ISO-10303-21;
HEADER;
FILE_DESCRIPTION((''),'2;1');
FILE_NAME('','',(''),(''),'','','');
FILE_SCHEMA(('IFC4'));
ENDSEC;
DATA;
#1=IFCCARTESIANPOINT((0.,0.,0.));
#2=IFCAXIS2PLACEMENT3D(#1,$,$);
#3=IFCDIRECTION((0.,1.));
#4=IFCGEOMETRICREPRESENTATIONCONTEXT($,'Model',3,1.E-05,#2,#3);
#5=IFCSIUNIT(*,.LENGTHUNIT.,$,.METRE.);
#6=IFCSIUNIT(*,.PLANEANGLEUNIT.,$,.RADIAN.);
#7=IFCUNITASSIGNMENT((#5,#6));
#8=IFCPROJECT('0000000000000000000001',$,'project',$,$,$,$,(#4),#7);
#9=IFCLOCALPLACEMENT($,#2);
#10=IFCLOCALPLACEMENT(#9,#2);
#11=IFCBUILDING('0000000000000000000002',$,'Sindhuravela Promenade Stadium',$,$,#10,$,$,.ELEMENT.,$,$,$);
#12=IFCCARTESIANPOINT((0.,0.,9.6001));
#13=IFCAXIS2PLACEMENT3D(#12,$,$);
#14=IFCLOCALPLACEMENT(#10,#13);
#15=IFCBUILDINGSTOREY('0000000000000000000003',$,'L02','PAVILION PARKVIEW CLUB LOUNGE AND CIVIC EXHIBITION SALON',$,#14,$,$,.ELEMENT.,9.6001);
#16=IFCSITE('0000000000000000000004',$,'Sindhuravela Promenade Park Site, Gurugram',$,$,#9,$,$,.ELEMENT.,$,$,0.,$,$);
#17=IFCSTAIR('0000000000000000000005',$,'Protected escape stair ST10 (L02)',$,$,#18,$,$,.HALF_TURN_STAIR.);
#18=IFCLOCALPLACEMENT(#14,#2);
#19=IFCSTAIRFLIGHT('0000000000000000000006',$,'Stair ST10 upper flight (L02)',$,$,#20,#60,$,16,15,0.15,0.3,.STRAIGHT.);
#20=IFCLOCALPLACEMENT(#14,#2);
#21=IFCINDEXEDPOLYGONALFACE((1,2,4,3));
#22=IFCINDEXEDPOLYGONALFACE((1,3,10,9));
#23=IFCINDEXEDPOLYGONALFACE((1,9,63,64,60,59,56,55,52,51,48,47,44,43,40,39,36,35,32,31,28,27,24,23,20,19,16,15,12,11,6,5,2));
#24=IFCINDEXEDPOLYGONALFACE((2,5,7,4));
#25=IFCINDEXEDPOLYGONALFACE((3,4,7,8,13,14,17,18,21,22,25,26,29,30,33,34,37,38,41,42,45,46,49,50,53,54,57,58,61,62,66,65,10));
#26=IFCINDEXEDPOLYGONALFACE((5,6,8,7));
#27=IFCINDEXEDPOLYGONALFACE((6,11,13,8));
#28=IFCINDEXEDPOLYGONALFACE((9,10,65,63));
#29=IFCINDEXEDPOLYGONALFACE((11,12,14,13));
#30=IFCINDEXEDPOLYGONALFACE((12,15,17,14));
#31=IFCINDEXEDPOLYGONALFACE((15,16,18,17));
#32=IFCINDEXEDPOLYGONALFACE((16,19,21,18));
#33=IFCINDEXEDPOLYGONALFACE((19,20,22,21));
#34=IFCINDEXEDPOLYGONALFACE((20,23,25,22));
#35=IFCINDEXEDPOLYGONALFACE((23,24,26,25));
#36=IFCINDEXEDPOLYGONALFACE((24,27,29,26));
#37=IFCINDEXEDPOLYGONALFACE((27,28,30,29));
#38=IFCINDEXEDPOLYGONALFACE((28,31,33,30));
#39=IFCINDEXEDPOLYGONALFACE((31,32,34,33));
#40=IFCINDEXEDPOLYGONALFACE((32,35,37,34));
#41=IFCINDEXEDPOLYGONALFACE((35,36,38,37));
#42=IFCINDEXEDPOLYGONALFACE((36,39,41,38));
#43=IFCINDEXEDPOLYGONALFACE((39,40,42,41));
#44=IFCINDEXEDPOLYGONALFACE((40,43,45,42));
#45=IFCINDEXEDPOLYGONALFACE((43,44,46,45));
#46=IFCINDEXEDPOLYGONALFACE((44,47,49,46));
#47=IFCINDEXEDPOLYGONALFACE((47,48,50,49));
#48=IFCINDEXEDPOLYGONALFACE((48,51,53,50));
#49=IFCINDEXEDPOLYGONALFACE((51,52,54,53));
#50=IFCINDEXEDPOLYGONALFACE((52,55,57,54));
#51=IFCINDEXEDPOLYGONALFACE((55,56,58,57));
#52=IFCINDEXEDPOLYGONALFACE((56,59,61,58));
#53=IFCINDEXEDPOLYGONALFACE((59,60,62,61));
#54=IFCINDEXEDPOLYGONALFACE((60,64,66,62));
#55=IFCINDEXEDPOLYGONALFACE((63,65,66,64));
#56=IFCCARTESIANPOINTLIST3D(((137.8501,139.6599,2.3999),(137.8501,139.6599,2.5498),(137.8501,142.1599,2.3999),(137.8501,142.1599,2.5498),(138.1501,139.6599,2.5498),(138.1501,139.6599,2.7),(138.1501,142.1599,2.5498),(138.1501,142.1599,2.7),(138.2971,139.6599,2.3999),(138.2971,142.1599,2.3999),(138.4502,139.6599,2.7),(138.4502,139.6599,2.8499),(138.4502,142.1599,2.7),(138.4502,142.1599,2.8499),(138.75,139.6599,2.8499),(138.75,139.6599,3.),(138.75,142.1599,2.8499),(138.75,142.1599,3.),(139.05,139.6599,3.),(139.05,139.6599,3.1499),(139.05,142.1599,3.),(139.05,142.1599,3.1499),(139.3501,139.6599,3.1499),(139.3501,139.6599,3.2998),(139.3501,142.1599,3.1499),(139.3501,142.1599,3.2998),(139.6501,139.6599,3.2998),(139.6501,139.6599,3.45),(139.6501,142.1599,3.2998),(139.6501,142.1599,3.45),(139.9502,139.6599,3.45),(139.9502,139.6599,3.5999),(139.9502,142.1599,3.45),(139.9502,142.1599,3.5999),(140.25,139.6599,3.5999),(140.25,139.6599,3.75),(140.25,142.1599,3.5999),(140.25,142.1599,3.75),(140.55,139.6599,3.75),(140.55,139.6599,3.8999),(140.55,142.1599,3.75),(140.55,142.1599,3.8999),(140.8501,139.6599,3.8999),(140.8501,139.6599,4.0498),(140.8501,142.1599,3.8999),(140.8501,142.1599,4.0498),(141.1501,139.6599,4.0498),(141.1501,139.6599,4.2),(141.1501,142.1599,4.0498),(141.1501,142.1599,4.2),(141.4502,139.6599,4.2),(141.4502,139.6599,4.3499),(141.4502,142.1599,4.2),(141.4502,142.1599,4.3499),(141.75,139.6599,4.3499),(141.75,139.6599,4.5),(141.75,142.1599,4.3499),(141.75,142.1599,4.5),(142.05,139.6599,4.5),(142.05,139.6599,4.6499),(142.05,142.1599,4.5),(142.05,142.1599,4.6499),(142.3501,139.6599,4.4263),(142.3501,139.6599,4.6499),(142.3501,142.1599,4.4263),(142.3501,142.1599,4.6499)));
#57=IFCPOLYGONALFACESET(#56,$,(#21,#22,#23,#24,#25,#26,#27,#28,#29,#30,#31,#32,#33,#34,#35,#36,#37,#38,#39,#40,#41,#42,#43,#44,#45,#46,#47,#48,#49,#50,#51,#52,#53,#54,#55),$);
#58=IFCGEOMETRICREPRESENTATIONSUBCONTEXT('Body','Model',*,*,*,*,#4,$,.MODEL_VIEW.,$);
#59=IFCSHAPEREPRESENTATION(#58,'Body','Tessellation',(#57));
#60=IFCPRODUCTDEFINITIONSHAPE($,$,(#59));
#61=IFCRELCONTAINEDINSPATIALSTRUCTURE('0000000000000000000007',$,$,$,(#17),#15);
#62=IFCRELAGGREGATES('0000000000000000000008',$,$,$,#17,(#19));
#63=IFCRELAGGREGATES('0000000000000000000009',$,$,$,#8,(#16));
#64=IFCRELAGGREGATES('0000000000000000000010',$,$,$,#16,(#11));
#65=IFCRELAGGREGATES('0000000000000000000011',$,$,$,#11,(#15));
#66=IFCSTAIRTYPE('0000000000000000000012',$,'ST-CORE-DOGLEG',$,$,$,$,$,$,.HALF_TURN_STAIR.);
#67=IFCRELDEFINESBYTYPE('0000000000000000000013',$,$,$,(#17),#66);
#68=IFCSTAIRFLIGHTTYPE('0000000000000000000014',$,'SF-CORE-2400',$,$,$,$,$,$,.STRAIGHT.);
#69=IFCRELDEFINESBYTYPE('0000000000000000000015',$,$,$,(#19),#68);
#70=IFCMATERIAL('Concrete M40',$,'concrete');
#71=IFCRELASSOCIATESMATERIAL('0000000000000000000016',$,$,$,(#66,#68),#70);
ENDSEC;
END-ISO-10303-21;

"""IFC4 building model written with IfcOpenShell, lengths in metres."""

from ifc_helpers import new_model, si_unit, direction, frame, origin, place, context, subcontext, project, spatial, polyline, outline, extrude, material, type_object, element, aggregate, save


model = new_model("IFC4")

# Units and contexts
model_context = context("Model", 3, precision=1e-05, world=origin(), true_north=direction((0.0, 1.0)))
body_context = subcontext(model_context, "Body", "Model", "MODEL_VIEW")
ifc_project = project(units=[si_unit("LENGTHUNIT", "METRE"), si_unit("PLANEANGLEUNIT", "RADIAN")], contexts=[model_context])

# Site, building, storey
site_placement = place(None, origin())
site = spatial("IfcSite", under=ifc_project, at=site_placement, Name="Sindhuravela Promenade Park Site, Gurugram", CompositionType="ELEMENT", RefElevation=0.0)
building_placement = place(site_placement, origin())
building = spatial("IfcBuilding", under=site, at=building_placement, Name="Sindhuravela Promenade Stadium", CompositionType="ELEMENT")
storey_placement = place(building_placement, frame((0.0, 0.0, 9.6001)))
storey = spatial("IfcBuildingStorey", under=building, at=storey_placement, Name="L02", Description="PAVILION PARKVIEW CLUB LOUNGE AND CIVIC EXHIBITION SALON", CompositionType="ELEMENT", Elevation=9.6001)

# Shared definitions
ifc_material_1 = material(Name="Concrete M40", Category="concrete")

# Stair, stair flight
stair_type = type_object("IfcStairType", Name="ST-CORE-DOGLEG", PredefinedType="HALF_TURN_STAIR", material=ifc_material_1)
stair_placement = place(storey_placement, origin())
stair = element("IfcStair", 1, at=stair_placement, inside=storey, type_object=stair_type, Name="Protected escape stair ST10 (L02)", PredefinedType="HALF_TURN_STAIR")
stair_flight_type = type_object("IfcStairFlightType", Name="SF-CORE-2400", PredefinedType="STRAIGHT", material=ifc_material_1)
stair_flight_placement = place(storey_placement, frame((137.8501, 140.9099, 2.3999), z_axis=(0.0, 0.0, 1.0), x_axis=(1.0, 0.0, 0.0)))
stair_flight = element("IfcStairFlight", 2, at=stair_flight_placement, type_object=stair_flight_type, Name="Stair ST10 upper flight (L02)", NumberOfRisers=16, NumberOfTreads=15, PredefinedType="STRAIGHT", RiserHeight=0.15, TreadLength=0.3, context=body_context, shape_type="SweptSolid", body=[
    extrude(outline(polyline([(0.0, 0.0), (0.0, 0.1499), (0.3, 0.1499), (0.3, 0.3), (0.6001, 0.3), (0.6001, 0.45), (0.8999, 0.45), (0.8999, 0.6001), (1.2, 0.6001), (1.2, 0.75), (1.5, 0.75), (1.5, 0.8999), (1.8, 0.8999), (1.8, 1.05), (2.1001, 1.05), (2.1001, 1.2), (2.3999, 1.2), (2.3999, 1.3501), (2.7, 1.3501), (2.7, 1.5), (3.0, 1.5), (3.0, 1.6499), (3.3, 1.6499), (3.3, 1.8), (3.6001, 1.8), (3.6001, 1.95), (3.8999, 1.95), (3.8999, 2.1001), (4.2, 2.1001), (4.2, 2.25), (4.5, 2.25), (4.5, 2.3999), (4.5, 2.0264), (0.447, 0.0), (0.0, 0.0)])), frame((0.0, 1.25, 0.0), z_axis=(0.0, -1.0, 0.0), x_axis=(1.0, 0.0, 0.0)), (0.0, 0.0, 1.0), 2.5),
])
aggregate(stair, [stair_flight])

save(model, "model.ifc")
